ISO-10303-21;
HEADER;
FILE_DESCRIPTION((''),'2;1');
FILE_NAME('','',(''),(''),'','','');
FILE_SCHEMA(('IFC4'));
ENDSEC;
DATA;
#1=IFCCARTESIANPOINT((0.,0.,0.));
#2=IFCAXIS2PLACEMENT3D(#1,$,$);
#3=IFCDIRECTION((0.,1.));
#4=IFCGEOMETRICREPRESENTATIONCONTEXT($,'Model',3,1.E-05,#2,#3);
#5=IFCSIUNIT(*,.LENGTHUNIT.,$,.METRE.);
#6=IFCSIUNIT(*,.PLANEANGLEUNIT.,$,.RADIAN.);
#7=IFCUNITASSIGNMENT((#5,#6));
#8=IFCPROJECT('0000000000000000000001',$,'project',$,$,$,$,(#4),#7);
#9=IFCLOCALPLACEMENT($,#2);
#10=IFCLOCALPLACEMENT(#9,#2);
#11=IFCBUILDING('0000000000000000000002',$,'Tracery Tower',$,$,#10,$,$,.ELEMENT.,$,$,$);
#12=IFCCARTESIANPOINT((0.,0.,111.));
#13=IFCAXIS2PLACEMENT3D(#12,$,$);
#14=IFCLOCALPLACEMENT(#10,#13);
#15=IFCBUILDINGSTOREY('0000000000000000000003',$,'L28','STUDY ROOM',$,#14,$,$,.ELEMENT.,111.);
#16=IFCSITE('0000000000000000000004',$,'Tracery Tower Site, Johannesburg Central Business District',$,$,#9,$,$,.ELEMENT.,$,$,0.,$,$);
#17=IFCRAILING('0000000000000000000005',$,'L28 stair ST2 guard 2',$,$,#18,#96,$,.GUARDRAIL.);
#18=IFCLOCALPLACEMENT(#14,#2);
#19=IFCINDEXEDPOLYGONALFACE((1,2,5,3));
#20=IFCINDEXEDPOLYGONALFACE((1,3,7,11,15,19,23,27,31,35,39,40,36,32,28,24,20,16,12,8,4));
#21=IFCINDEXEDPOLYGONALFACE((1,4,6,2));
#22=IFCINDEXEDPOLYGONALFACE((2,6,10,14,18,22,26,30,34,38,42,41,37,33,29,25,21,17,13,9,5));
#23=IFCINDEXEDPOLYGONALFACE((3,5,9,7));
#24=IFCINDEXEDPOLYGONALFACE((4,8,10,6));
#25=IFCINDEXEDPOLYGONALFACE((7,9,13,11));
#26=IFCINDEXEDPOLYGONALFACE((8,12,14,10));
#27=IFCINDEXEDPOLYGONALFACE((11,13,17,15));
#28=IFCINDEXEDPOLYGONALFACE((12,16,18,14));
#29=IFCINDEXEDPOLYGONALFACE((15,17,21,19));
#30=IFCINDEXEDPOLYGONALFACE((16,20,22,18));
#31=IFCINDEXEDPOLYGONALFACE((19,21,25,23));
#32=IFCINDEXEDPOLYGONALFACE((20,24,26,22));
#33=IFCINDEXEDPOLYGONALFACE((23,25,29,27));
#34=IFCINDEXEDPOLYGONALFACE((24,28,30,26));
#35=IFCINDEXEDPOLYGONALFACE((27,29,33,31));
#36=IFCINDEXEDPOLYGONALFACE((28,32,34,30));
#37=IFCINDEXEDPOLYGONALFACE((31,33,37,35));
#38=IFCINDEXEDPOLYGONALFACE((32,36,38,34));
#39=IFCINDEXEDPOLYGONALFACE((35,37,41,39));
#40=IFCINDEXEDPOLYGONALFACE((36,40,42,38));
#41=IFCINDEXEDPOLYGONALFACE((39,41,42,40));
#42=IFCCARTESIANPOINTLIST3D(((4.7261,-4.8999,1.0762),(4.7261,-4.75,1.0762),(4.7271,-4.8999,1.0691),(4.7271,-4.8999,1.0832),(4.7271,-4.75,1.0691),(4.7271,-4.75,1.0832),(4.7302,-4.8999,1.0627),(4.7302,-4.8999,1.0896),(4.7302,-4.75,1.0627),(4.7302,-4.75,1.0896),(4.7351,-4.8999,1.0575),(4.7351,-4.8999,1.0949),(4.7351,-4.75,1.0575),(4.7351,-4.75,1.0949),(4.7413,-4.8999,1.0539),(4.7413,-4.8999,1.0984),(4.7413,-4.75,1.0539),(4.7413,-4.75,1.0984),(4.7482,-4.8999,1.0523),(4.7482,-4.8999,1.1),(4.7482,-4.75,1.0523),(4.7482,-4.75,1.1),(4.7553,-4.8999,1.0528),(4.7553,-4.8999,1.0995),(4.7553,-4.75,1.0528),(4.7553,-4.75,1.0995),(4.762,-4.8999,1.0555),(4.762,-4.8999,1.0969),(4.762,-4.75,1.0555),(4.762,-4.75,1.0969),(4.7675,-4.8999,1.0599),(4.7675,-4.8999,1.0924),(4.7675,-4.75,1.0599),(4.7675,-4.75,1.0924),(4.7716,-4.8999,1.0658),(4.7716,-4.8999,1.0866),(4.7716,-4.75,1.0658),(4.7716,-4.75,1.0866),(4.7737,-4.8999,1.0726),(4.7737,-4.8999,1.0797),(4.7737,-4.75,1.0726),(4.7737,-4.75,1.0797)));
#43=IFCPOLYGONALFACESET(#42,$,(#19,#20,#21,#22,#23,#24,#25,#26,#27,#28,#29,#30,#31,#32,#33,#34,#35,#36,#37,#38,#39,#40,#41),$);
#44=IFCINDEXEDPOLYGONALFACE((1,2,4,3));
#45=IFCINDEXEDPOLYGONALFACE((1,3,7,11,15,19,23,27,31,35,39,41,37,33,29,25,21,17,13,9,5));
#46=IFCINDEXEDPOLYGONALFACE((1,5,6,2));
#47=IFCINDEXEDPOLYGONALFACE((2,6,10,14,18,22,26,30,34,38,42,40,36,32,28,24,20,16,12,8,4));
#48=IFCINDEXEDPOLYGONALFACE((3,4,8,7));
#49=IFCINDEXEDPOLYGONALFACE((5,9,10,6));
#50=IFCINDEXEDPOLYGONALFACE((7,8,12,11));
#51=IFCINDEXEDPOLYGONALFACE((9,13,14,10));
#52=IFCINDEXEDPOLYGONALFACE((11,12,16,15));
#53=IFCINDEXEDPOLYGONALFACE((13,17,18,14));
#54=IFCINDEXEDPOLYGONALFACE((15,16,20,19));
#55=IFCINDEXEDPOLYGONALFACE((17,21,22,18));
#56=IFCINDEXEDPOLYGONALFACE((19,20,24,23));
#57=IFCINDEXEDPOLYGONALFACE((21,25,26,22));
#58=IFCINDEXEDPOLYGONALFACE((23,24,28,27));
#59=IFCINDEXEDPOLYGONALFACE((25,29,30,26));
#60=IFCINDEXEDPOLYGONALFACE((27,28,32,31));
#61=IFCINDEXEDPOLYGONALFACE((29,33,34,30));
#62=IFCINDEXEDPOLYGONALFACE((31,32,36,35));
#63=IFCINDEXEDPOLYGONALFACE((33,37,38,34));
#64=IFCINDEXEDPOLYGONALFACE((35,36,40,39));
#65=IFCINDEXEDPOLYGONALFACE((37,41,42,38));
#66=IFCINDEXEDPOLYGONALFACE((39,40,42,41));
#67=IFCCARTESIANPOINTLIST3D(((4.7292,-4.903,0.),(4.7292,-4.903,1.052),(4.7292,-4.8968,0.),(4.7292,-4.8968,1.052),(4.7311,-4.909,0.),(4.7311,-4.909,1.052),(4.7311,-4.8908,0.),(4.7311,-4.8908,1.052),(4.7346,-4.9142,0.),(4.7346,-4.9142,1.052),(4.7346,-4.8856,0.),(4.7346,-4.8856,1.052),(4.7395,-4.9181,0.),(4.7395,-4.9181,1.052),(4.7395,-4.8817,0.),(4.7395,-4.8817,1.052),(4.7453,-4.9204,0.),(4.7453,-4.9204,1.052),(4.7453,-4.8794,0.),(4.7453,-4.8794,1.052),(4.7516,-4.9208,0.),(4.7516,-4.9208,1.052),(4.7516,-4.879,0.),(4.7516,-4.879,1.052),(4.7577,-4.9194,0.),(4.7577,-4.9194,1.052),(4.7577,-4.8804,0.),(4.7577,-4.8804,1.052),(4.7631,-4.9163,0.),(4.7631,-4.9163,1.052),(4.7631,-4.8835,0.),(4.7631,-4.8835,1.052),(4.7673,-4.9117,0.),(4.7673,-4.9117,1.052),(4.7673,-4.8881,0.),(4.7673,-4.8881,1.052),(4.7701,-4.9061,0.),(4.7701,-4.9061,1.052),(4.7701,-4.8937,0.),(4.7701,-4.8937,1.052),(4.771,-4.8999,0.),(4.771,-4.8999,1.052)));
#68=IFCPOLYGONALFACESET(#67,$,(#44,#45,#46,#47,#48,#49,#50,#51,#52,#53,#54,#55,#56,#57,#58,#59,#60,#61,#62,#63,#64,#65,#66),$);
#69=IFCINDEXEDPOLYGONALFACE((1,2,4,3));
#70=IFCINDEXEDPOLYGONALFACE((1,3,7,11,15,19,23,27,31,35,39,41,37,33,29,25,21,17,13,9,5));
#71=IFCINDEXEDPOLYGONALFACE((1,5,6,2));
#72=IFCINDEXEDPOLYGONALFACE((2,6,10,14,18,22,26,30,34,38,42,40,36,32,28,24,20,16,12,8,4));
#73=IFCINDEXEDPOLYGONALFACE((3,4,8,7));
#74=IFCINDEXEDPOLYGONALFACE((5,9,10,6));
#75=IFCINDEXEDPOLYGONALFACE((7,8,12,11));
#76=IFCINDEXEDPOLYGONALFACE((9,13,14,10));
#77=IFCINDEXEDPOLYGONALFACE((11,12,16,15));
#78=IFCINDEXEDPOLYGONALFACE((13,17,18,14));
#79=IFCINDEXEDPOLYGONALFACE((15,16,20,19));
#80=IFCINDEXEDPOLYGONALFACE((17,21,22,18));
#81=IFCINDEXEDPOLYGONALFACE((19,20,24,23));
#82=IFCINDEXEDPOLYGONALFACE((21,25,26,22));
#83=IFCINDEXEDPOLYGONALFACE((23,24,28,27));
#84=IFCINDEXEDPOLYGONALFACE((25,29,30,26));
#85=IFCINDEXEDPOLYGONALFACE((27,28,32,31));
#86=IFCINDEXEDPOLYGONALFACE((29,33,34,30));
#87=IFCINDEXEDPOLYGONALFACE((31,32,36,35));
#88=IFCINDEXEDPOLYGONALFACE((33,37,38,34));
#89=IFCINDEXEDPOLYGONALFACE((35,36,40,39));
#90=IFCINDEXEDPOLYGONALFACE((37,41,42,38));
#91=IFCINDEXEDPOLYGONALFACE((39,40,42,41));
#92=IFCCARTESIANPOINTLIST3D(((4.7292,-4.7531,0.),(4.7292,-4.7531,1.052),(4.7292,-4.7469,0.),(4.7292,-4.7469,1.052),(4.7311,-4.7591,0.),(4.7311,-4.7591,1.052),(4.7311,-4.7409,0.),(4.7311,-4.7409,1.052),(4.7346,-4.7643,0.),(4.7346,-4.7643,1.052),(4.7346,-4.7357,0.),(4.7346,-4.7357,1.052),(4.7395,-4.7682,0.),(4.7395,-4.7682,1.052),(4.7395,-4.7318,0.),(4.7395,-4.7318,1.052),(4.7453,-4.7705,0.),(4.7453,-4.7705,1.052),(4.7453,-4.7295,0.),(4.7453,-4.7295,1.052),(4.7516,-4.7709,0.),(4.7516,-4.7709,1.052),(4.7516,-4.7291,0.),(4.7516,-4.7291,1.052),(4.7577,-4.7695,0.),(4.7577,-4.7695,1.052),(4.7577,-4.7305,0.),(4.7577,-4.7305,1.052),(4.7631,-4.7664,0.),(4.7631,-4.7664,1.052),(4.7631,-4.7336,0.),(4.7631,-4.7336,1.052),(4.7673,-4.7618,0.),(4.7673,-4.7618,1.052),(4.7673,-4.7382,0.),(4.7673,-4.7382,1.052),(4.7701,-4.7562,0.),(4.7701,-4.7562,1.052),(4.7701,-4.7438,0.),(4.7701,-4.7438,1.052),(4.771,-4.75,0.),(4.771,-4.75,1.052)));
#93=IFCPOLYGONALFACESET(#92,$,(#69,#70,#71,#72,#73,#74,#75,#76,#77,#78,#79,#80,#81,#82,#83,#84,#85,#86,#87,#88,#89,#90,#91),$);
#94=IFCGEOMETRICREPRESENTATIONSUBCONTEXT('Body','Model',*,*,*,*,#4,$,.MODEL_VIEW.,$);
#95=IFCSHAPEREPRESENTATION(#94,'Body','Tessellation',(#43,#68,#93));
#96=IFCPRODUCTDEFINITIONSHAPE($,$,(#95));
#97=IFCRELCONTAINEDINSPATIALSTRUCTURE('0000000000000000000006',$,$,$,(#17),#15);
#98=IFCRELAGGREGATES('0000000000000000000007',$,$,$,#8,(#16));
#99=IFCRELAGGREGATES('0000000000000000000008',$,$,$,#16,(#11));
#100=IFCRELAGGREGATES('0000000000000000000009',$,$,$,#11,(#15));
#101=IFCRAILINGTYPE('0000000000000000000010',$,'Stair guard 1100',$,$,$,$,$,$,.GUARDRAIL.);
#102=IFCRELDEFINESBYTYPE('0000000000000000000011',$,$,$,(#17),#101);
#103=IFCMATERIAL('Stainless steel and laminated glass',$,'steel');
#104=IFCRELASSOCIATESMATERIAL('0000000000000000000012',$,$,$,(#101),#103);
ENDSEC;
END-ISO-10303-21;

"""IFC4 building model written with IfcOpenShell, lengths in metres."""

from ifc_helpers import new_model, si_unit, direction, frame, origin, origin_2d, place, context, subcontext, project, spatial, circle, extrude, material, type_object, element, save


model = new_model("IFC4")

# Units and contexts
model_context = context("Model", 3, precision=1e-05, world=origin(), true_north=direction((0.0, 1.0)))
body_context = subcontext(model_context, "Body", "Model", "MODEL_VIEW")
ifc_project = project(units=[si_unit("LENGTHUNIT", "METRE"), si_unit("PLANEANGLEUNIT", "RADIAN")], contexts=[model_context])

# Site, building, storey
site_placement = place(None, origin())
site = spatial("IfcSite", under=ifc_project, at=site_placement, Name="Tracery Tower Site, Johannesburg Central Business District", CompositionType="ELEMENT", RefElevation=0.0)
building_placement = place(site_placement, origin())
building = spatial("IfcBuilding", under=site, at=building_placement, Name="Tracery Tower", CompositionType="ELEMENT")
storey_placement = place(building_placement, frame((0.0, 0.0, 111.0)))
storey = spatial("IfcBuildingStorey", under=building, at=storey_placement, Name="L28", Description="STUDY ROOM", CompositionType="ELEMENT", Elevation=111.0)

# Railing
ifc_material_1 = material(Name="Stainless steel and laminated glass", Category="steel")
railing_type_1 = type_object("IfcRailingType", Name="Stair guard 1100", PredefinedType="GUARDRAIL", material=ifc_material_1)
railing_1_placement = place(storey_placement, frame((4.75, -4.8999, 0.0)))
element("IfcRailing", 1, at=railing_1_placement, inside=storey, type_object=railing_type_1, Name="L28 stair ST2 guard 2", PredefinedType="GUARDRAIL", context=body_context, shape_type="SweptSolid", body=[
    extrude(circle(Radius=0.0239, at=origin_2d()), frame((0.0, 0.0, 1.0762), z_axis=(0.0, 1.0, 0.0), x_axis=(-1.0, 0.0, 0.0)), (0.0, 0.0, 1.0), 0.1499),
    extrude(circle(Radius=0.021, at=origin_2d()), origin(), (0.0, 0.0, 1.0), 1.052),
    extrude(circle(Radius=0.021, at=origin_2d()), frame((0.0, 0.1499, 0.0)), (0.0, 0.0, 1.0), 1.052),
])

save(model, "model.ifc")
